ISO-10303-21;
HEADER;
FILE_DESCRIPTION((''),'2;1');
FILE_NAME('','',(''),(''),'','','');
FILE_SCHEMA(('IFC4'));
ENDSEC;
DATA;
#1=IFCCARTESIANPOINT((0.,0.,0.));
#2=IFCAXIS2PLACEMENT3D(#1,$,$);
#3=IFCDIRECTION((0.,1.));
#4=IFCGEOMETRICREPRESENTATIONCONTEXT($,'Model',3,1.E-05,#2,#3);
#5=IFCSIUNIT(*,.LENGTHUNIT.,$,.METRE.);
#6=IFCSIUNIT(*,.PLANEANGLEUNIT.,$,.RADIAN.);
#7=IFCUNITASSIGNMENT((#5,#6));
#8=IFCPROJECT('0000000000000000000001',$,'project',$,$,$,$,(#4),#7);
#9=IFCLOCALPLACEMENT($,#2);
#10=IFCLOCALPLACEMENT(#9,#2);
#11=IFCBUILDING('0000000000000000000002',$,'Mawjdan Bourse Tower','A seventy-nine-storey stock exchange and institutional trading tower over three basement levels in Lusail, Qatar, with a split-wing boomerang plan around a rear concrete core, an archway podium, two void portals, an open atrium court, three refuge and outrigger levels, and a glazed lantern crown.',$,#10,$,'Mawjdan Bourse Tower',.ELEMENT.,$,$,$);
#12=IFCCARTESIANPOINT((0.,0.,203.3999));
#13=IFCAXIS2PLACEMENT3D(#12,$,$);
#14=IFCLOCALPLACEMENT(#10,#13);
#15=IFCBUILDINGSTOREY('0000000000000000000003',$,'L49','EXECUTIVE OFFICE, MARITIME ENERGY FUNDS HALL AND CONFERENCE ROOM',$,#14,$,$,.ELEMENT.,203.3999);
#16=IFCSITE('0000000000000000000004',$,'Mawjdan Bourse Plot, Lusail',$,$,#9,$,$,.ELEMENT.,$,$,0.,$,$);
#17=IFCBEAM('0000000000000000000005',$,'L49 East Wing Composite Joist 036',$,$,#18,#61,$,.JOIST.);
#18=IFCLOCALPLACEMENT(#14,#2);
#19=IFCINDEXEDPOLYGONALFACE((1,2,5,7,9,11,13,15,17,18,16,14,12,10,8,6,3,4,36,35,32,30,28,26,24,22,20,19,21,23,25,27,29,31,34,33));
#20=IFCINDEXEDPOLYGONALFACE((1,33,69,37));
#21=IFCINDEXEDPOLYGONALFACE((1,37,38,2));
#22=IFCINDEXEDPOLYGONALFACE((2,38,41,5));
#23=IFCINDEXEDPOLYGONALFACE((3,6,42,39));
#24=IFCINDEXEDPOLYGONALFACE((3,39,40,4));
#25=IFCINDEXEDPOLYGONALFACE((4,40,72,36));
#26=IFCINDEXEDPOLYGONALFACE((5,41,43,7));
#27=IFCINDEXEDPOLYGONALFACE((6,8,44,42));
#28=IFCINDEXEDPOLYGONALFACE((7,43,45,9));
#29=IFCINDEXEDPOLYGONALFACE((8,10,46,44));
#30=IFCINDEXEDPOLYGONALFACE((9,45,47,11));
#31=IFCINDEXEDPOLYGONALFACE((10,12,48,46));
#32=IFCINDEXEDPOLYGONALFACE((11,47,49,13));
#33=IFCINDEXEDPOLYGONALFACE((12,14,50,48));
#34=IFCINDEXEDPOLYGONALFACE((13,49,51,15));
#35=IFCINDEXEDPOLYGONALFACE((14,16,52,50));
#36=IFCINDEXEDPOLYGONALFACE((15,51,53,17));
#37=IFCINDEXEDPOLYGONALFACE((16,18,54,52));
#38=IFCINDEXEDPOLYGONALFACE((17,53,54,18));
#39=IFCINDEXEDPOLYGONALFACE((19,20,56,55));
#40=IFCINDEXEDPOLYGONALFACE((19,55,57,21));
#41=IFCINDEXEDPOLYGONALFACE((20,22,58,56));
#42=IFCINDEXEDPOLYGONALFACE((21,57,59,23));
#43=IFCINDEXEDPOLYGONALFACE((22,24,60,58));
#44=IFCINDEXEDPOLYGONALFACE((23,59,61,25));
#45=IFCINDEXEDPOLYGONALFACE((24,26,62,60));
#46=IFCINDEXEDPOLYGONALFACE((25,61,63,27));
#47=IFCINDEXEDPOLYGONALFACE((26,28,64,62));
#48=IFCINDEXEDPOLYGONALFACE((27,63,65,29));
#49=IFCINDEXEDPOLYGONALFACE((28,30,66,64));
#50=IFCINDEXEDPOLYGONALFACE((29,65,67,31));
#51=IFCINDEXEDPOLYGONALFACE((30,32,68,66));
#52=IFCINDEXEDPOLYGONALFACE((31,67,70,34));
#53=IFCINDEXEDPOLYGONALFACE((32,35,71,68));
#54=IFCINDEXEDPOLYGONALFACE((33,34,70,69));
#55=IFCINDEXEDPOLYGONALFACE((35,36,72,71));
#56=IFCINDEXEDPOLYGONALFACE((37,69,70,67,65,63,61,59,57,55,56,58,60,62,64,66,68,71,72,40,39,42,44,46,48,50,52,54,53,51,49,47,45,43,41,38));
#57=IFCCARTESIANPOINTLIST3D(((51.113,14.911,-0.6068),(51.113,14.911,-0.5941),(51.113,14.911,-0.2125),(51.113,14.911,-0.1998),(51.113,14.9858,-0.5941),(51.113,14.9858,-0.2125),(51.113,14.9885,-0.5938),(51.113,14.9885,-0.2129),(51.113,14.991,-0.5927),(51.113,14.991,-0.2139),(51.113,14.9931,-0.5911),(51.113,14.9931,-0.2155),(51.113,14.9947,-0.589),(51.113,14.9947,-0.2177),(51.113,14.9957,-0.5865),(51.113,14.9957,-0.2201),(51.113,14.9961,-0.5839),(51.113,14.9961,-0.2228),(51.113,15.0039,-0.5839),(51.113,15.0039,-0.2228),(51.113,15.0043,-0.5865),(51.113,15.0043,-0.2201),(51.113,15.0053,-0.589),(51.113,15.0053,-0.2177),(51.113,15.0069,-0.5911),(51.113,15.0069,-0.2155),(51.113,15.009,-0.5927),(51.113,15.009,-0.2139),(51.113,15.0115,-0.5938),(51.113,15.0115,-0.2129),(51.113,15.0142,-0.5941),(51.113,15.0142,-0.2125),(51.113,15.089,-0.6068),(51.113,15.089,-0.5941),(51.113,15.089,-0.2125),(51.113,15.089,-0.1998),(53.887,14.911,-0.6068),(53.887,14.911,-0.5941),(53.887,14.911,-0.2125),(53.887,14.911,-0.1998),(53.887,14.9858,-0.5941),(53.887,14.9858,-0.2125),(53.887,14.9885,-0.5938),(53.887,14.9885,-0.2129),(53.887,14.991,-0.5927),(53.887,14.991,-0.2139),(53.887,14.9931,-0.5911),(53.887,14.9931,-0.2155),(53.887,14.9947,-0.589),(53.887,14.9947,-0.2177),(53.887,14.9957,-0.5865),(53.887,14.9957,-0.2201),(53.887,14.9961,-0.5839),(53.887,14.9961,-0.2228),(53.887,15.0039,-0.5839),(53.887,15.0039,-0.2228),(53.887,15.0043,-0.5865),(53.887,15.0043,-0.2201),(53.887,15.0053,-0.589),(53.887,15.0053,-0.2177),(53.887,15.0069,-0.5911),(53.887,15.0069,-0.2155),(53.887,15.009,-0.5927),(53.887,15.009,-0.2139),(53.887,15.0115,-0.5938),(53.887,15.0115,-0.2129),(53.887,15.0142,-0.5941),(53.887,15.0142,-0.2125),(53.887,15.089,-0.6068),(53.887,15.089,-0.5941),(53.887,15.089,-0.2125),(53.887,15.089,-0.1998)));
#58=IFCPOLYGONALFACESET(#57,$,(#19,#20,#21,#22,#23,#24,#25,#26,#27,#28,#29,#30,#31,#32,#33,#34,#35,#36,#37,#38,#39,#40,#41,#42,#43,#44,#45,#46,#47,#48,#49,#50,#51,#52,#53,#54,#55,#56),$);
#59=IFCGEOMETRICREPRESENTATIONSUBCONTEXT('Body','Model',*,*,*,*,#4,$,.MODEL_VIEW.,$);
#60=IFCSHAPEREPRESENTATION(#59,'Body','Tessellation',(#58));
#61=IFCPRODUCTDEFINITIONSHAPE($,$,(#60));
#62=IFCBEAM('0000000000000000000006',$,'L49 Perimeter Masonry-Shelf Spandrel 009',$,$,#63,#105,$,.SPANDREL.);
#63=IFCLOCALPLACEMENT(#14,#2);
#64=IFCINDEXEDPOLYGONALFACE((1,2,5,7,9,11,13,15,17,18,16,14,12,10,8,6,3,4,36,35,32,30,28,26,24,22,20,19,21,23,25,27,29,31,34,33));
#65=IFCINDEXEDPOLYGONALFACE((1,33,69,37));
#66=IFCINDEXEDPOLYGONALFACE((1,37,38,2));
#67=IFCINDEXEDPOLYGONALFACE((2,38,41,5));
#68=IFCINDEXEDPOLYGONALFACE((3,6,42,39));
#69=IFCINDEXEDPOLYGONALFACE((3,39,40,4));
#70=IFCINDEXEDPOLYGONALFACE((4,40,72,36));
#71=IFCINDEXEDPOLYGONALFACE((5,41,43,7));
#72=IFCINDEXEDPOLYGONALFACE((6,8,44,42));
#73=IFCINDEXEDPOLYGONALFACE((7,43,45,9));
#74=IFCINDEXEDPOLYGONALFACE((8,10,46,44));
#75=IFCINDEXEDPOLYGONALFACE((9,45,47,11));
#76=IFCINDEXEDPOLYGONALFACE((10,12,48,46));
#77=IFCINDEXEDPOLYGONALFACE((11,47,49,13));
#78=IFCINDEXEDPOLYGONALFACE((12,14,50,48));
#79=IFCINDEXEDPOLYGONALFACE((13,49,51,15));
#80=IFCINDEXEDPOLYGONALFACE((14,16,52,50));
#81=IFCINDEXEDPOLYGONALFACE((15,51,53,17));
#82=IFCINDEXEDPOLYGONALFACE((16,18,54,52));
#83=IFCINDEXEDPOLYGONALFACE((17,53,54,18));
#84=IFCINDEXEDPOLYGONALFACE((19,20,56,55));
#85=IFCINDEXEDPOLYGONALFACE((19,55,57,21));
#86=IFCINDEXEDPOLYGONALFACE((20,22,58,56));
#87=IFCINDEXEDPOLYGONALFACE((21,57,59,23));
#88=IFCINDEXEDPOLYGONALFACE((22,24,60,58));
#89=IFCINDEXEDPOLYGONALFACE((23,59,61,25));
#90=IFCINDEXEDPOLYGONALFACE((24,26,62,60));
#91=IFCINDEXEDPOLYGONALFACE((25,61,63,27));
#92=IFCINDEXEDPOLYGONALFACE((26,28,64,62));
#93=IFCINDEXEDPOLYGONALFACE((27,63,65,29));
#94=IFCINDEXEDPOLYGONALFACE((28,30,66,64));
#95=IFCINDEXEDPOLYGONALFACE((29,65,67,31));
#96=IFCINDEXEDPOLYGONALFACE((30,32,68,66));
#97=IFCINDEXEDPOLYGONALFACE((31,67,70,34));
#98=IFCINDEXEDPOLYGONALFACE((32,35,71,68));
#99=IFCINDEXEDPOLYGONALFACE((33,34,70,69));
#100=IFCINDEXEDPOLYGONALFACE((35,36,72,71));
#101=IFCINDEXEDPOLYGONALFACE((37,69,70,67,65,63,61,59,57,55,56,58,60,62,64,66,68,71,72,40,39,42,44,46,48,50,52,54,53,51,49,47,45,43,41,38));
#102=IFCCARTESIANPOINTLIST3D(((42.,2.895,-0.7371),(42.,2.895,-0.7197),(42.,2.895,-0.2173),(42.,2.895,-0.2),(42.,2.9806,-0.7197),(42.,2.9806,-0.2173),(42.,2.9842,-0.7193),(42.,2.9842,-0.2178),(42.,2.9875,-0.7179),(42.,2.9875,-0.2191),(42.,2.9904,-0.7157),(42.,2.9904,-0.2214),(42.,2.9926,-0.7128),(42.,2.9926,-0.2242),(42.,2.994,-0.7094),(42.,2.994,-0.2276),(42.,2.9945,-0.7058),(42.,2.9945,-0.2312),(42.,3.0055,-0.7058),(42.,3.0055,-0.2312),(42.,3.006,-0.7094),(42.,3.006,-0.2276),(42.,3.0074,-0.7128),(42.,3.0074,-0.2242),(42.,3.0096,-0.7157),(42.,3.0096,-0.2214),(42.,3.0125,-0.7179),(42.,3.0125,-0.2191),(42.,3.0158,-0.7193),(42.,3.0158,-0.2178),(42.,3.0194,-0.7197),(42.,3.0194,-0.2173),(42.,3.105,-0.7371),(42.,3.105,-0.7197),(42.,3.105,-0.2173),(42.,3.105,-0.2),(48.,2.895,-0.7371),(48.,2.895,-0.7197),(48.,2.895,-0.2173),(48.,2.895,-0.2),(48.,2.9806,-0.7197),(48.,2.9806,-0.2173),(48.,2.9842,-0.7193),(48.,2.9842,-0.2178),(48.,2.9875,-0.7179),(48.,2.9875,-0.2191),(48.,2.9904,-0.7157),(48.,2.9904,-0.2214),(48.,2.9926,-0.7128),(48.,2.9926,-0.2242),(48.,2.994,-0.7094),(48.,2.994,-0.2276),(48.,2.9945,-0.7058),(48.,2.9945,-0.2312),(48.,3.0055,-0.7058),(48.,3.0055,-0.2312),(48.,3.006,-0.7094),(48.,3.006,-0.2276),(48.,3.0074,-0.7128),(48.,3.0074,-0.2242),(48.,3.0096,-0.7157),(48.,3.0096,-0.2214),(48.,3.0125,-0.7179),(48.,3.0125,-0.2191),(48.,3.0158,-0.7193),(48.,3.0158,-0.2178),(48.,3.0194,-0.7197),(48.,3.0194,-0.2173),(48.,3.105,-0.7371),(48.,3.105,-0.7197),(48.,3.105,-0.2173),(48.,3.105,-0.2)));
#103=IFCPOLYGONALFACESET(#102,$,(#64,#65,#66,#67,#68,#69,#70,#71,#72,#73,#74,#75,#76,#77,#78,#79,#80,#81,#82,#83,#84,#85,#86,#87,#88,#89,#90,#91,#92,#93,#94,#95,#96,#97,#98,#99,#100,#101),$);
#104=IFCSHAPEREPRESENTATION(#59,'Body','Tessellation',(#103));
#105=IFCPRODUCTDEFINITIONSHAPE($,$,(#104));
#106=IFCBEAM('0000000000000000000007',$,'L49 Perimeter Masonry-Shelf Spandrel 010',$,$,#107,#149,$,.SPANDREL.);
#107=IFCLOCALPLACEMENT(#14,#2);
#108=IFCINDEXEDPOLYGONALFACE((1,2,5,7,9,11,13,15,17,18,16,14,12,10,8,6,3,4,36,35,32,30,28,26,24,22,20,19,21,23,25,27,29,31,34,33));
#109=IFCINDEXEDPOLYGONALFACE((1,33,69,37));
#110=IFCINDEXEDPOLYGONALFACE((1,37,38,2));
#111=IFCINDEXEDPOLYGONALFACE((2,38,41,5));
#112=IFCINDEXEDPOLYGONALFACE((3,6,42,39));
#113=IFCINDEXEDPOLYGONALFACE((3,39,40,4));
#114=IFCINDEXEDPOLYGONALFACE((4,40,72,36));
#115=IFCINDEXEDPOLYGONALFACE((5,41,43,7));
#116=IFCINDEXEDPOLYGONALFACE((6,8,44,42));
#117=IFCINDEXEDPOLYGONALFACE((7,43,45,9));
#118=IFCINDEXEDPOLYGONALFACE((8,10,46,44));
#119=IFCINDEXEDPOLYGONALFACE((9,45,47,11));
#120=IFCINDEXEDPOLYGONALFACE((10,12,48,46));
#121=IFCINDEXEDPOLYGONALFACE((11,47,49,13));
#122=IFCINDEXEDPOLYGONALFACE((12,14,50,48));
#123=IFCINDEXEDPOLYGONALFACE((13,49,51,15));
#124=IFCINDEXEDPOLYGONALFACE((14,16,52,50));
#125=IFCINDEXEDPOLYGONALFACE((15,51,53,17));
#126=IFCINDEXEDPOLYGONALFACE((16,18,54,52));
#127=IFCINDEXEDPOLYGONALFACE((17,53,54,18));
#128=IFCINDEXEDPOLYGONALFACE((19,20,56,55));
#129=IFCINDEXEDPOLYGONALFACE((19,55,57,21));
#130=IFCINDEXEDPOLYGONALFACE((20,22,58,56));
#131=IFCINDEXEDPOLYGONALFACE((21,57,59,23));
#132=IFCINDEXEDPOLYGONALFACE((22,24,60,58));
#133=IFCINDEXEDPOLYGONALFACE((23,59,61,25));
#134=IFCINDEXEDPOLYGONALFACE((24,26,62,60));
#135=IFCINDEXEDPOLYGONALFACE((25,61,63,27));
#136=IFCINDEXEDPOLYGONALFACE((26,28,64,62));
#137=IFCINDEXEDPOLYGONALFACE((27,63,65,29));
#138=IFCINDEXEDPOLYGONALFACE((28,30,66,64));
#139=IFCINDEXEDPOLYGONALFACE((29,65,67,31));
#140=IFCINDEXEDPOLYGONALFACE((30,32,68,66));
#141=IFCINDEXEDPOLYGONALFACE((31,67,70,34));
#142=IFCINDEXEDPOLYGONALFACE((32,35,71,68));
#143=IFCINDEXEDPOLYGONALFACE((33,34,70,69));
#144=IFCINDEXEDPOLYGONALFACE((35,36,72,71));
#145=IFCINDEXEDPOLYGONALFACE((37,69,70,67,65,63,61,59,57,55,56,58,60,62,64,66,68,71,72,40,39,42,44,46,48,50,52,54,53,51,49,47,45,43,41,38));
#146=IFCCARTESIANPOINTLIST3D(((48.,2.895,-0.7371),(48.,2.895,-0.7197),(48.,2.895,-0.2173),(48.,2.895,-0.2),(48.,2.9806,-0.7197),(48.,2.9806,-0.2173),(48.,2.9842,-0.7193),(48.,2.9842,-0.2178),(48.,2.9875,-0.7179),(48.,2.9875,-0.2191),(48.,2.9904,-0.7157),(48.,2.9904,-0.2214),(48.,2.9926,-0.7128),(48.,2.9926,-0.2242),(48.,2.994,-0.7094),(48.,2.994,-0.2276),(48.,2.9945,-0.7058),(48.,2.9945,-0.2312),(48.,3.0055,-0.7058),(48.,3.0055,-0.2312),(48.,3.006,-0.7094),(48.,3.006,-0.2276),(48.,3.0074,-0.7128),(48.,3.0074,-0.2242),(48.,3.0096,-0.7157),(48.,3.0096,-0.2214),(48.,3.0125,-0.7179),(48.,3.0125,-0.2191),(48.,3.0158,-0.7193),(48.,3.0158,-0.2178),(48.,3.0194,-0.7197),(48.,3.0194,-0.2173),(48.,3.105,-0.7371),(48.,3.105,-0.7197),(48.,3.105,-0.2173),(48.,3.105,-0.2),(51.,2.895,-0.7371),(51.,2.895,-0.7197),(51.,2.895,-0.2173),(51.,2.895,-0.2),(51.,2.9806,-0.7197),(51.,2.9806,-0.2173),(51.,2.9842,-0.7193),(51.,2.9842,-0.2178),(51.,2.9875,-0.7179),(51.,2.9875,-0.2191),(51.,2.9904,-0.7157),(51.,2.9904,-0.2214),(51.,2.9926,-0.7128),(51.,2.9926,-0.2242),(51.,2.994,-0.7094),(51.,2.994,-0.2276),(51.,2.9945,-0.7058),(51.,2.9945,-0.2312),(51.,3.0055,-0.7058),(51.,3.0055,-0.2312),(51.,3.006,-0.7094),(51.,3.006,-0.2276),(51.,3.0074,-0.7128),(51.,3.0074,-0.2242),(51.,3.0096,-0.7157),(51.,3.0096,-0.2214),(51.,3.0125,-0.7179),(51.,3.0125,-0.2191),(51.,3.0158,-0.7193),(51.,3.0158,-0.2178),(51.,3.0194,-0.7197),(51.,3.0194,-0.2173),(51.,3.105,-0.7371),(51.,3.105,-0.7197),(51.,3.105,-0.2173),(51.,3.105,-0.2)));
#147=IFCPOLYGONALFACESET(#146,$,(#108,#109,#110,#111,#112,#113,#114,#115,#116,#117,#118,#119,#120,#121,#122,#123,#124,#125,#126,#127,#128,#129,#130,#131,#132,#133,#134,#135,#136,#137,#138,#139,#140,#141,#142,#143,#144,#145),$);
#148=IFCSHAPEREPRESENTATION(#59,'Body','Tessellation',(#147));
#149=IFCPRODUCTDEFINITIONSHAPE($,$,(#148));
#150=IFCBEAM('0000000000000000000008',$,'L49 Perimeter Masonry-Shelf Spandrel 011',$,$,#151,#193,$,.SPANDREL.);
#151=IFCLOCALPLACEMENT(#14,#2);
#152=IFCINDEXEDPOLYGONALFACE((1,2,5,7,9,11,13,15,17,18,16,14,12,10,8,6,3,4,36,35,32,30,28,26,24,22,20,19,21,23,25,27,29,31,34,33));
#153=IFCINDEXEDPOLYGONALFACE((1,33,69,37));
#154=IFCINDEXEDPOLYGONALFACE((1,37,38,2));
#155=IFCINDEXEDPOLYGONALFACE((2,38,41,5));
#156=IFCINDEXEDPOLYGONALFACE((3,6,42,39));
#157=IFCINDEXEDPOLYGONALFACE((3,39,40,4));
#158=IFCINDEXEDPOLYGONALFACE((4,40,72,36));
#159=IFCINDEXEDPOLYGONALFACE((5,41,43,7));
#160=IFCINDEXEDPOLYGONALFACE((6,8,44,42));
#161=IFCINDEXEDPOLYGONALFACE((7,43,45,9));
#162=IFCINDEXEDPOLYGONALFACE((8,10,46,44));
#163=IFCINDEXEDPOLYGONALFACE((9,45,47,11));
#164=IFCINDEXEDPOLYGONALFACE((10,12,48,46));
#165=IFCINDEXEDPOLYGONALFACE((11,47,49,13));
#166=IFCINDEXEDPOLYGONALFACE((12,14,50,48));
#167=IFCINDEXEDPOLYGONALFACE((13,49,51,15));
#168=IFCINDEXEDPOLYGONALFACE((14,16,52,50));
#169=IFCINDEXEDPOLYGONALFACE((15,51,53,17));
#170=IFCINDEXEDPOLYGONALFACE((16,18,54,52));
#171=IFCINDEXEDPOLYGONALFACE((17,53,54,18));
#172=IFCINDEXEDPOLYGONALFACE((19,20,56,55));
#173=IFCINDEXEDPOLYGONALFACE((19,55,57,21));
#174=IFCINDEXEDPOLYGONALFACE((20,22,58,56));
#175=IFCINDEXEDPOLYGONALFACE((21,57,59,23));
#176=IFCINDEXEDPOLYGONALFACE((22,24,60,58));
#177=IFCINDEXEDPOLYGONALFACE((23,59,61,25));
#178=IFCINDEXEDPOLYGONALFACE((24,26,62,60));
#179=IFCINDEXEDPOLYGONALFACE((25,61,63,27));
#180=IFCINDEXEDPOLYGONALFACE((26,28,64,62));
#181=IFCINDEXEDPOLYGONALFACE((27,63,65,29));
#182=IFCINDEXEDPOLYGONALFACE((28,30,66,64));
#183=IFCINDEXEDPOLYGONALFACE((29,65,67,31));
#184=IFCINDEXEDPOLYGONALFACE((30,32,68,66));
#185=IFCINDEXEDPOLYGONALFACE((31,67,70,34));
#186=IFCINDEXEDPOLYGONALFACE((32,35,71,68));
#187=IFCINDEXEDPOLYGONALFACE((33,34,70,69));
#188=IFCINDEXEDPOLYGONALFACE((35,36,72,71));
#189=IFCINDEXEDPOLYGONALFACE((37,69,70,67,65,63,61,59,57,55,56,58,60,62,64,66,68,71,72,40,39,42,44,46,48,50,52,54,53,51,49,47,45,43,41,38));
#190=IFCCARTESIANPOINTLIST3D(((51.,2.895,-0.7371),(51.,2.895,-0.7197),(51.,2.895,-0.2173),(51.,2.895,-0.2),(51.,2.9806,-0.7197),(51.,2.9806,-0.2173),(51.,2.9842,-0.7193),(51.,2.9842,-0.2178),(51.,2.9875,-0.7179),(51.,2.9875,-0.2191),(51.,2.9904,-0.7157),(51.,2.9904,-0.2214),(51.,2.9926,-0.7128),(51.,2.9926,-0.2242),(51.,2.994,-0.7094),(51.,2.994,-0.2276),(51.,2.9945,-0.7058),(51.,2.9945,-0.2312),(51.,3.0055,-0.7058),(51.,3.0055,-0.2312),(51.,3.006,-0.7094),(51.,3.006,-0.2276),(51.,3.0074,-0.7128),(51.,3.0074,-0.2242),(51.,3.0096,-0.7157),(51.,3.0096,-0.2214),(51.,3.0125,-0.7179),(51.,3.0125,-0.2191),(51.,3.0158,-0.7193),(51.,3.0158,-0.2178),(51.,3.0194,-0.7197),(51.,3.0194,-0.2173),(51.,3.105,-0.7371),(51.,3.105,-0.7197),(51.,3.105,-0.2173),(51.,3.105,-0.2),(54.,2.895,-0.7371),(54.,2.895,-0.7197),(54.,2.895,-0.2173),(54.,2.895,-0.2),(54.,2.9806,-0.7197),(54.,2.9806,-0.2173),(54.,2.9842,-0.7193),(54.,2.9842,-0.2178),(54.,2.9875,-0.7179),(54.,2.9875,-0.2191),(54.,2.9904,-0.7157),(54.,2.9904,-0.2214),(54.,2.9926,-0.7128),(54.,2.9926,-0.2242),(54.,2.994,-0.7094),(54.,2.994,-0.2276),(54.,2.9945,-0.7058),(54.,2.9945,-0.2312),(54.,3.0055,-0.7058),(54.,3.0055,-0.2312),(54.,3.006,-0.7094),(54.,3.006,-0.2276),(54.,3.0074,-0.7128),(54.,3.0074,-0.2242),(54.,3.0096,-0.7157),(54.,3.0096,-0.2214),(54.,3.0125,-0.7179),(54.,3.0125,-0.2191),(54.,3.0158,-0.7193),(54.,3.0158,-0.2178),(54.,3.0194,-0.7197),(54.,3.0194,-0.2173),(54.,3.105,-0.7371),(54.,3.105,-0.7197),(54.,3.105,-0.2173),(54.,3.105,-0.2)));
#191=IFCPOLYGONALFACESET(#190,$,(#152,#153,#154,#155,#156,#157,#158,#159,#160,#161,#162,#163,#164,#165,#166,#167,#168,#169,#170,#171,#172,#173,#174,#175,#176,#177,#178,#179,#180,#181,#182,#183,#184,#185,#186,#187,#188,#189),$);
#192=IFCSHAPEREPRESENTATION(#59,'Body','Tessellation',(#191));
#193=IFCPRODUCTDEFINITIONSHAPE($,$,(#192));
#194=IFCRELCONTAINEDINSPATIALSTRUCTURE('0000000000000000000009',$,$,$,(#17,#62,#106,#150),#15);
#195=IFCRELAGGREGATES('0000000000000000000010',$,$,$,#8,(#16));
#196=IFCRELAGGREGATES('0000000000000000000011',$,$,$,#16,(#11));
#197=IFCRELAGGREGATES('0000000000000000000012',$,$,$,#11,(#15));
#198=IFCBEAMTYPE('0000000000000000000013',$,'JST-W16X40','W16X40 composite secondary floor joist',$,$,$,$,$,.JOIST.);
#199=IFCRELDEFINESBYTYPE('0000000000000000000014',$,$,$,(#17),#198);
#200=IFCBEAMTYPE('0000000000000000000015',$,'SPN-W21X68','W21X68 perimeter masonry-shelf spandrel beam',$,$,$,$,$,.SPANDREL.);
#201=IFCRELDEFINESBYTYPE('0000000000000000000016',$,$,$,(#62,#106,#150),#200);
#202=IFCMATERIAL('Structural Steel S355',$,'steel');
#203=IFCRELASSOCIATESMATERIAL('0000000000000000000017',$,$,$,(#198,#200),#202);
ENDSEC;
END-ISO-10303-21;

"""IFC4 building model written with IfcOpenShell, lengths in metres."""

from ifc_helpers import new_model, si_unit, direction, frame, origin, origin_2d, place, context, subcontext, project, spatial, i_section, extrude, material, material_profile, profile_set, type_object, element, save


model = new_model("IFC4")

# Units and contexts
model_context = context("Model", 3, precision=1e-05, world=origin(), true_north=direction((0.0, 1.0)))
body_context = subcontext(model_context, "Body", "Model", "MODEL_VIEW")
ifc_project = project(units=[si_unit("LENGTHUNIT", "METRE"), si_unit("PLANEANGLEUNIT", "RADIAN")], contexts=[model_context])

# Site, building, storey
site_placement = place(None, origin())
site = spatial("IfcSite", under=ifc_project, at=site_placement, Name="Mawjdan Bourse Plot, Lusail", CompositionType="ELEMENT", RefElevation=0.0)
building_placement = place(site_placement, origin())
building = spatial("IfcBuilding", under=site, at=building_placement, Name="Mawjdan Bourse Tower", Description="A seventy-nine-storey stock exchange and institutional trading tower over three basement levels in Lusail, Qatar, with a split-wing boomerang plan around a rear concrete core, an archway podium, two void portals, an open atrium court, three refuge and outrigger levels, and a glazed lantern crown.", LongName="Mawjdan Bourse Tower", CompositionType="ELEMENT")
storey_placement = place(building_placement, frame((0.0, 0.0, 203.3999)))
storey = spatial("IfcBuildingStorey", under=building, at=storey_placement, Name="L49", Description="EXECUTIVE OFFICE, MARITIME ENERGY FUNDS HALL AND CONFERENCE ROOM", CompositionType="ELEMENT", Elevation=203.3999)

# Beams
ifc_material_1 = material(Name="Structural Steel S355", Category="steel")
ifc_material_profile_1 = material_profile(ifc_material_1, i_section(OverallWidth=0.178, OverallDepth=0.407, WebThickness=0.0078, FlangeThickness=0.0127, FilletRadius=0.0103, at=origin_2d()), Name="W16X40")
ifc_profile_set_1 = profile_set([ifc_material_profile_1], Name="Structural Steel S355")
beam_type_1 = type_object("IfcBeamType", Name="JST-W16X40", Description="W16X40 composite secondary floor joist", PredefinedType="JOIST", material=ifc_profile_set_1)
for number, where, z_axis, x_axis, name in (
    (1, (51.113, 15.0, -0.4033), (1.0, 0.0, 0.0), (0.0, 1.0, 0.0), "L49 East Wing Composite Joist 036"),
):
    element("IfcBeam", number, at=place(storey_placement, frame(where, z_axis=z_axis, x_axis=x_axis)), inside=storey, type_object=beam_type_1, Name=name, PredefinedType="JOIST", context=body_context, shape_type="SweptSolid", body=[
        extrude(i_section(OverallWidth=0.178, OverallDepth=0.407, WebThickness=0.0078, FlangeThickness=0.0127, FilletRadius=0.0103, at=origin_2d()), origin(), (0.0, 0.0, 1.0), 2.7739),
    ])
ifc_material_profile_2 = material_profile(ifc_material_1, i_section(OverallWidth=0.21, OverallDepth=0.5371, WebThickness=0.011, FlangeThickness=0.0173, FilletRadius=0.0139, at=origin_2d()), Name="W21X68")
ifc_profile_set_2 = profile_set([ifc_material_profile_2], Name="Structural Steel S355")
beam_type_2 = type_object("IfcBeamType", Name="SPN-W21X68", Description="W21X68 perimeter masonry-shelf spandrel beam", PredefinedType="SPANDREL", material=ifc_profile_set_2)
beam_1_placement = place(storey_placement, frame((42.0, 3.0, -0.4685), z_axis=(1.0, 0.0, 0.0), x_axis=(0.0, 1.0, 0.0)))
element("IfcBeam", 2, at=beam_1_placement, inside=storey, type_object=beam_type_2, Name="L49 Perimeter Masonry-Shelf Spandrel 009", PredefinedType="SPANDREL", context=body_context, shape_type="SweptSolid", body=[
    extrude(i_section(OverallWidth=0.21, OverallDepth=0.5371, WebThickness=0.011, FlangeThickness=0.0173, FilletRadius=0.0139, at=origin_2d()), origin(), (0.0, 0.0, 1.0), 6.0),
])
for number, where, z_axis, x_axis, name in (
    (3, (48.0, 3.0, -0.4685), (1.0, 0.0, 0.0), (0.0, 1.0, 0.0), "L49 Perimeter Masonry-Shelf Spandrel 010"),
    (4, (51.0, 3.0, -0.4685), (1.0, 0.0, 0.0), (0.0, 1.0, 0.0), "L49 Perimeter Masonry-Shelf Spandrel 011"),
):
    element("IfcBeam", number, at=place(storey_placement, frame(where, z_axis=z_axis, x_axis=x_axis)), inside=storey, type_object=beam_type_2, Name=name, PredefinedType="SPANDREL", context=body_context, shape_type="SweptSolid", body=[
        extrude(i_section(OverallWidth=0.21, OverallDepth=0.5371, WebThickness=0.011, FlangeThickness=0.0173, FilletRadius=0.0139, at=origin_2d()), origin(), (0.0, 0.0, 1.0), 3.0),
    ])

save(model, "model.ifc")
